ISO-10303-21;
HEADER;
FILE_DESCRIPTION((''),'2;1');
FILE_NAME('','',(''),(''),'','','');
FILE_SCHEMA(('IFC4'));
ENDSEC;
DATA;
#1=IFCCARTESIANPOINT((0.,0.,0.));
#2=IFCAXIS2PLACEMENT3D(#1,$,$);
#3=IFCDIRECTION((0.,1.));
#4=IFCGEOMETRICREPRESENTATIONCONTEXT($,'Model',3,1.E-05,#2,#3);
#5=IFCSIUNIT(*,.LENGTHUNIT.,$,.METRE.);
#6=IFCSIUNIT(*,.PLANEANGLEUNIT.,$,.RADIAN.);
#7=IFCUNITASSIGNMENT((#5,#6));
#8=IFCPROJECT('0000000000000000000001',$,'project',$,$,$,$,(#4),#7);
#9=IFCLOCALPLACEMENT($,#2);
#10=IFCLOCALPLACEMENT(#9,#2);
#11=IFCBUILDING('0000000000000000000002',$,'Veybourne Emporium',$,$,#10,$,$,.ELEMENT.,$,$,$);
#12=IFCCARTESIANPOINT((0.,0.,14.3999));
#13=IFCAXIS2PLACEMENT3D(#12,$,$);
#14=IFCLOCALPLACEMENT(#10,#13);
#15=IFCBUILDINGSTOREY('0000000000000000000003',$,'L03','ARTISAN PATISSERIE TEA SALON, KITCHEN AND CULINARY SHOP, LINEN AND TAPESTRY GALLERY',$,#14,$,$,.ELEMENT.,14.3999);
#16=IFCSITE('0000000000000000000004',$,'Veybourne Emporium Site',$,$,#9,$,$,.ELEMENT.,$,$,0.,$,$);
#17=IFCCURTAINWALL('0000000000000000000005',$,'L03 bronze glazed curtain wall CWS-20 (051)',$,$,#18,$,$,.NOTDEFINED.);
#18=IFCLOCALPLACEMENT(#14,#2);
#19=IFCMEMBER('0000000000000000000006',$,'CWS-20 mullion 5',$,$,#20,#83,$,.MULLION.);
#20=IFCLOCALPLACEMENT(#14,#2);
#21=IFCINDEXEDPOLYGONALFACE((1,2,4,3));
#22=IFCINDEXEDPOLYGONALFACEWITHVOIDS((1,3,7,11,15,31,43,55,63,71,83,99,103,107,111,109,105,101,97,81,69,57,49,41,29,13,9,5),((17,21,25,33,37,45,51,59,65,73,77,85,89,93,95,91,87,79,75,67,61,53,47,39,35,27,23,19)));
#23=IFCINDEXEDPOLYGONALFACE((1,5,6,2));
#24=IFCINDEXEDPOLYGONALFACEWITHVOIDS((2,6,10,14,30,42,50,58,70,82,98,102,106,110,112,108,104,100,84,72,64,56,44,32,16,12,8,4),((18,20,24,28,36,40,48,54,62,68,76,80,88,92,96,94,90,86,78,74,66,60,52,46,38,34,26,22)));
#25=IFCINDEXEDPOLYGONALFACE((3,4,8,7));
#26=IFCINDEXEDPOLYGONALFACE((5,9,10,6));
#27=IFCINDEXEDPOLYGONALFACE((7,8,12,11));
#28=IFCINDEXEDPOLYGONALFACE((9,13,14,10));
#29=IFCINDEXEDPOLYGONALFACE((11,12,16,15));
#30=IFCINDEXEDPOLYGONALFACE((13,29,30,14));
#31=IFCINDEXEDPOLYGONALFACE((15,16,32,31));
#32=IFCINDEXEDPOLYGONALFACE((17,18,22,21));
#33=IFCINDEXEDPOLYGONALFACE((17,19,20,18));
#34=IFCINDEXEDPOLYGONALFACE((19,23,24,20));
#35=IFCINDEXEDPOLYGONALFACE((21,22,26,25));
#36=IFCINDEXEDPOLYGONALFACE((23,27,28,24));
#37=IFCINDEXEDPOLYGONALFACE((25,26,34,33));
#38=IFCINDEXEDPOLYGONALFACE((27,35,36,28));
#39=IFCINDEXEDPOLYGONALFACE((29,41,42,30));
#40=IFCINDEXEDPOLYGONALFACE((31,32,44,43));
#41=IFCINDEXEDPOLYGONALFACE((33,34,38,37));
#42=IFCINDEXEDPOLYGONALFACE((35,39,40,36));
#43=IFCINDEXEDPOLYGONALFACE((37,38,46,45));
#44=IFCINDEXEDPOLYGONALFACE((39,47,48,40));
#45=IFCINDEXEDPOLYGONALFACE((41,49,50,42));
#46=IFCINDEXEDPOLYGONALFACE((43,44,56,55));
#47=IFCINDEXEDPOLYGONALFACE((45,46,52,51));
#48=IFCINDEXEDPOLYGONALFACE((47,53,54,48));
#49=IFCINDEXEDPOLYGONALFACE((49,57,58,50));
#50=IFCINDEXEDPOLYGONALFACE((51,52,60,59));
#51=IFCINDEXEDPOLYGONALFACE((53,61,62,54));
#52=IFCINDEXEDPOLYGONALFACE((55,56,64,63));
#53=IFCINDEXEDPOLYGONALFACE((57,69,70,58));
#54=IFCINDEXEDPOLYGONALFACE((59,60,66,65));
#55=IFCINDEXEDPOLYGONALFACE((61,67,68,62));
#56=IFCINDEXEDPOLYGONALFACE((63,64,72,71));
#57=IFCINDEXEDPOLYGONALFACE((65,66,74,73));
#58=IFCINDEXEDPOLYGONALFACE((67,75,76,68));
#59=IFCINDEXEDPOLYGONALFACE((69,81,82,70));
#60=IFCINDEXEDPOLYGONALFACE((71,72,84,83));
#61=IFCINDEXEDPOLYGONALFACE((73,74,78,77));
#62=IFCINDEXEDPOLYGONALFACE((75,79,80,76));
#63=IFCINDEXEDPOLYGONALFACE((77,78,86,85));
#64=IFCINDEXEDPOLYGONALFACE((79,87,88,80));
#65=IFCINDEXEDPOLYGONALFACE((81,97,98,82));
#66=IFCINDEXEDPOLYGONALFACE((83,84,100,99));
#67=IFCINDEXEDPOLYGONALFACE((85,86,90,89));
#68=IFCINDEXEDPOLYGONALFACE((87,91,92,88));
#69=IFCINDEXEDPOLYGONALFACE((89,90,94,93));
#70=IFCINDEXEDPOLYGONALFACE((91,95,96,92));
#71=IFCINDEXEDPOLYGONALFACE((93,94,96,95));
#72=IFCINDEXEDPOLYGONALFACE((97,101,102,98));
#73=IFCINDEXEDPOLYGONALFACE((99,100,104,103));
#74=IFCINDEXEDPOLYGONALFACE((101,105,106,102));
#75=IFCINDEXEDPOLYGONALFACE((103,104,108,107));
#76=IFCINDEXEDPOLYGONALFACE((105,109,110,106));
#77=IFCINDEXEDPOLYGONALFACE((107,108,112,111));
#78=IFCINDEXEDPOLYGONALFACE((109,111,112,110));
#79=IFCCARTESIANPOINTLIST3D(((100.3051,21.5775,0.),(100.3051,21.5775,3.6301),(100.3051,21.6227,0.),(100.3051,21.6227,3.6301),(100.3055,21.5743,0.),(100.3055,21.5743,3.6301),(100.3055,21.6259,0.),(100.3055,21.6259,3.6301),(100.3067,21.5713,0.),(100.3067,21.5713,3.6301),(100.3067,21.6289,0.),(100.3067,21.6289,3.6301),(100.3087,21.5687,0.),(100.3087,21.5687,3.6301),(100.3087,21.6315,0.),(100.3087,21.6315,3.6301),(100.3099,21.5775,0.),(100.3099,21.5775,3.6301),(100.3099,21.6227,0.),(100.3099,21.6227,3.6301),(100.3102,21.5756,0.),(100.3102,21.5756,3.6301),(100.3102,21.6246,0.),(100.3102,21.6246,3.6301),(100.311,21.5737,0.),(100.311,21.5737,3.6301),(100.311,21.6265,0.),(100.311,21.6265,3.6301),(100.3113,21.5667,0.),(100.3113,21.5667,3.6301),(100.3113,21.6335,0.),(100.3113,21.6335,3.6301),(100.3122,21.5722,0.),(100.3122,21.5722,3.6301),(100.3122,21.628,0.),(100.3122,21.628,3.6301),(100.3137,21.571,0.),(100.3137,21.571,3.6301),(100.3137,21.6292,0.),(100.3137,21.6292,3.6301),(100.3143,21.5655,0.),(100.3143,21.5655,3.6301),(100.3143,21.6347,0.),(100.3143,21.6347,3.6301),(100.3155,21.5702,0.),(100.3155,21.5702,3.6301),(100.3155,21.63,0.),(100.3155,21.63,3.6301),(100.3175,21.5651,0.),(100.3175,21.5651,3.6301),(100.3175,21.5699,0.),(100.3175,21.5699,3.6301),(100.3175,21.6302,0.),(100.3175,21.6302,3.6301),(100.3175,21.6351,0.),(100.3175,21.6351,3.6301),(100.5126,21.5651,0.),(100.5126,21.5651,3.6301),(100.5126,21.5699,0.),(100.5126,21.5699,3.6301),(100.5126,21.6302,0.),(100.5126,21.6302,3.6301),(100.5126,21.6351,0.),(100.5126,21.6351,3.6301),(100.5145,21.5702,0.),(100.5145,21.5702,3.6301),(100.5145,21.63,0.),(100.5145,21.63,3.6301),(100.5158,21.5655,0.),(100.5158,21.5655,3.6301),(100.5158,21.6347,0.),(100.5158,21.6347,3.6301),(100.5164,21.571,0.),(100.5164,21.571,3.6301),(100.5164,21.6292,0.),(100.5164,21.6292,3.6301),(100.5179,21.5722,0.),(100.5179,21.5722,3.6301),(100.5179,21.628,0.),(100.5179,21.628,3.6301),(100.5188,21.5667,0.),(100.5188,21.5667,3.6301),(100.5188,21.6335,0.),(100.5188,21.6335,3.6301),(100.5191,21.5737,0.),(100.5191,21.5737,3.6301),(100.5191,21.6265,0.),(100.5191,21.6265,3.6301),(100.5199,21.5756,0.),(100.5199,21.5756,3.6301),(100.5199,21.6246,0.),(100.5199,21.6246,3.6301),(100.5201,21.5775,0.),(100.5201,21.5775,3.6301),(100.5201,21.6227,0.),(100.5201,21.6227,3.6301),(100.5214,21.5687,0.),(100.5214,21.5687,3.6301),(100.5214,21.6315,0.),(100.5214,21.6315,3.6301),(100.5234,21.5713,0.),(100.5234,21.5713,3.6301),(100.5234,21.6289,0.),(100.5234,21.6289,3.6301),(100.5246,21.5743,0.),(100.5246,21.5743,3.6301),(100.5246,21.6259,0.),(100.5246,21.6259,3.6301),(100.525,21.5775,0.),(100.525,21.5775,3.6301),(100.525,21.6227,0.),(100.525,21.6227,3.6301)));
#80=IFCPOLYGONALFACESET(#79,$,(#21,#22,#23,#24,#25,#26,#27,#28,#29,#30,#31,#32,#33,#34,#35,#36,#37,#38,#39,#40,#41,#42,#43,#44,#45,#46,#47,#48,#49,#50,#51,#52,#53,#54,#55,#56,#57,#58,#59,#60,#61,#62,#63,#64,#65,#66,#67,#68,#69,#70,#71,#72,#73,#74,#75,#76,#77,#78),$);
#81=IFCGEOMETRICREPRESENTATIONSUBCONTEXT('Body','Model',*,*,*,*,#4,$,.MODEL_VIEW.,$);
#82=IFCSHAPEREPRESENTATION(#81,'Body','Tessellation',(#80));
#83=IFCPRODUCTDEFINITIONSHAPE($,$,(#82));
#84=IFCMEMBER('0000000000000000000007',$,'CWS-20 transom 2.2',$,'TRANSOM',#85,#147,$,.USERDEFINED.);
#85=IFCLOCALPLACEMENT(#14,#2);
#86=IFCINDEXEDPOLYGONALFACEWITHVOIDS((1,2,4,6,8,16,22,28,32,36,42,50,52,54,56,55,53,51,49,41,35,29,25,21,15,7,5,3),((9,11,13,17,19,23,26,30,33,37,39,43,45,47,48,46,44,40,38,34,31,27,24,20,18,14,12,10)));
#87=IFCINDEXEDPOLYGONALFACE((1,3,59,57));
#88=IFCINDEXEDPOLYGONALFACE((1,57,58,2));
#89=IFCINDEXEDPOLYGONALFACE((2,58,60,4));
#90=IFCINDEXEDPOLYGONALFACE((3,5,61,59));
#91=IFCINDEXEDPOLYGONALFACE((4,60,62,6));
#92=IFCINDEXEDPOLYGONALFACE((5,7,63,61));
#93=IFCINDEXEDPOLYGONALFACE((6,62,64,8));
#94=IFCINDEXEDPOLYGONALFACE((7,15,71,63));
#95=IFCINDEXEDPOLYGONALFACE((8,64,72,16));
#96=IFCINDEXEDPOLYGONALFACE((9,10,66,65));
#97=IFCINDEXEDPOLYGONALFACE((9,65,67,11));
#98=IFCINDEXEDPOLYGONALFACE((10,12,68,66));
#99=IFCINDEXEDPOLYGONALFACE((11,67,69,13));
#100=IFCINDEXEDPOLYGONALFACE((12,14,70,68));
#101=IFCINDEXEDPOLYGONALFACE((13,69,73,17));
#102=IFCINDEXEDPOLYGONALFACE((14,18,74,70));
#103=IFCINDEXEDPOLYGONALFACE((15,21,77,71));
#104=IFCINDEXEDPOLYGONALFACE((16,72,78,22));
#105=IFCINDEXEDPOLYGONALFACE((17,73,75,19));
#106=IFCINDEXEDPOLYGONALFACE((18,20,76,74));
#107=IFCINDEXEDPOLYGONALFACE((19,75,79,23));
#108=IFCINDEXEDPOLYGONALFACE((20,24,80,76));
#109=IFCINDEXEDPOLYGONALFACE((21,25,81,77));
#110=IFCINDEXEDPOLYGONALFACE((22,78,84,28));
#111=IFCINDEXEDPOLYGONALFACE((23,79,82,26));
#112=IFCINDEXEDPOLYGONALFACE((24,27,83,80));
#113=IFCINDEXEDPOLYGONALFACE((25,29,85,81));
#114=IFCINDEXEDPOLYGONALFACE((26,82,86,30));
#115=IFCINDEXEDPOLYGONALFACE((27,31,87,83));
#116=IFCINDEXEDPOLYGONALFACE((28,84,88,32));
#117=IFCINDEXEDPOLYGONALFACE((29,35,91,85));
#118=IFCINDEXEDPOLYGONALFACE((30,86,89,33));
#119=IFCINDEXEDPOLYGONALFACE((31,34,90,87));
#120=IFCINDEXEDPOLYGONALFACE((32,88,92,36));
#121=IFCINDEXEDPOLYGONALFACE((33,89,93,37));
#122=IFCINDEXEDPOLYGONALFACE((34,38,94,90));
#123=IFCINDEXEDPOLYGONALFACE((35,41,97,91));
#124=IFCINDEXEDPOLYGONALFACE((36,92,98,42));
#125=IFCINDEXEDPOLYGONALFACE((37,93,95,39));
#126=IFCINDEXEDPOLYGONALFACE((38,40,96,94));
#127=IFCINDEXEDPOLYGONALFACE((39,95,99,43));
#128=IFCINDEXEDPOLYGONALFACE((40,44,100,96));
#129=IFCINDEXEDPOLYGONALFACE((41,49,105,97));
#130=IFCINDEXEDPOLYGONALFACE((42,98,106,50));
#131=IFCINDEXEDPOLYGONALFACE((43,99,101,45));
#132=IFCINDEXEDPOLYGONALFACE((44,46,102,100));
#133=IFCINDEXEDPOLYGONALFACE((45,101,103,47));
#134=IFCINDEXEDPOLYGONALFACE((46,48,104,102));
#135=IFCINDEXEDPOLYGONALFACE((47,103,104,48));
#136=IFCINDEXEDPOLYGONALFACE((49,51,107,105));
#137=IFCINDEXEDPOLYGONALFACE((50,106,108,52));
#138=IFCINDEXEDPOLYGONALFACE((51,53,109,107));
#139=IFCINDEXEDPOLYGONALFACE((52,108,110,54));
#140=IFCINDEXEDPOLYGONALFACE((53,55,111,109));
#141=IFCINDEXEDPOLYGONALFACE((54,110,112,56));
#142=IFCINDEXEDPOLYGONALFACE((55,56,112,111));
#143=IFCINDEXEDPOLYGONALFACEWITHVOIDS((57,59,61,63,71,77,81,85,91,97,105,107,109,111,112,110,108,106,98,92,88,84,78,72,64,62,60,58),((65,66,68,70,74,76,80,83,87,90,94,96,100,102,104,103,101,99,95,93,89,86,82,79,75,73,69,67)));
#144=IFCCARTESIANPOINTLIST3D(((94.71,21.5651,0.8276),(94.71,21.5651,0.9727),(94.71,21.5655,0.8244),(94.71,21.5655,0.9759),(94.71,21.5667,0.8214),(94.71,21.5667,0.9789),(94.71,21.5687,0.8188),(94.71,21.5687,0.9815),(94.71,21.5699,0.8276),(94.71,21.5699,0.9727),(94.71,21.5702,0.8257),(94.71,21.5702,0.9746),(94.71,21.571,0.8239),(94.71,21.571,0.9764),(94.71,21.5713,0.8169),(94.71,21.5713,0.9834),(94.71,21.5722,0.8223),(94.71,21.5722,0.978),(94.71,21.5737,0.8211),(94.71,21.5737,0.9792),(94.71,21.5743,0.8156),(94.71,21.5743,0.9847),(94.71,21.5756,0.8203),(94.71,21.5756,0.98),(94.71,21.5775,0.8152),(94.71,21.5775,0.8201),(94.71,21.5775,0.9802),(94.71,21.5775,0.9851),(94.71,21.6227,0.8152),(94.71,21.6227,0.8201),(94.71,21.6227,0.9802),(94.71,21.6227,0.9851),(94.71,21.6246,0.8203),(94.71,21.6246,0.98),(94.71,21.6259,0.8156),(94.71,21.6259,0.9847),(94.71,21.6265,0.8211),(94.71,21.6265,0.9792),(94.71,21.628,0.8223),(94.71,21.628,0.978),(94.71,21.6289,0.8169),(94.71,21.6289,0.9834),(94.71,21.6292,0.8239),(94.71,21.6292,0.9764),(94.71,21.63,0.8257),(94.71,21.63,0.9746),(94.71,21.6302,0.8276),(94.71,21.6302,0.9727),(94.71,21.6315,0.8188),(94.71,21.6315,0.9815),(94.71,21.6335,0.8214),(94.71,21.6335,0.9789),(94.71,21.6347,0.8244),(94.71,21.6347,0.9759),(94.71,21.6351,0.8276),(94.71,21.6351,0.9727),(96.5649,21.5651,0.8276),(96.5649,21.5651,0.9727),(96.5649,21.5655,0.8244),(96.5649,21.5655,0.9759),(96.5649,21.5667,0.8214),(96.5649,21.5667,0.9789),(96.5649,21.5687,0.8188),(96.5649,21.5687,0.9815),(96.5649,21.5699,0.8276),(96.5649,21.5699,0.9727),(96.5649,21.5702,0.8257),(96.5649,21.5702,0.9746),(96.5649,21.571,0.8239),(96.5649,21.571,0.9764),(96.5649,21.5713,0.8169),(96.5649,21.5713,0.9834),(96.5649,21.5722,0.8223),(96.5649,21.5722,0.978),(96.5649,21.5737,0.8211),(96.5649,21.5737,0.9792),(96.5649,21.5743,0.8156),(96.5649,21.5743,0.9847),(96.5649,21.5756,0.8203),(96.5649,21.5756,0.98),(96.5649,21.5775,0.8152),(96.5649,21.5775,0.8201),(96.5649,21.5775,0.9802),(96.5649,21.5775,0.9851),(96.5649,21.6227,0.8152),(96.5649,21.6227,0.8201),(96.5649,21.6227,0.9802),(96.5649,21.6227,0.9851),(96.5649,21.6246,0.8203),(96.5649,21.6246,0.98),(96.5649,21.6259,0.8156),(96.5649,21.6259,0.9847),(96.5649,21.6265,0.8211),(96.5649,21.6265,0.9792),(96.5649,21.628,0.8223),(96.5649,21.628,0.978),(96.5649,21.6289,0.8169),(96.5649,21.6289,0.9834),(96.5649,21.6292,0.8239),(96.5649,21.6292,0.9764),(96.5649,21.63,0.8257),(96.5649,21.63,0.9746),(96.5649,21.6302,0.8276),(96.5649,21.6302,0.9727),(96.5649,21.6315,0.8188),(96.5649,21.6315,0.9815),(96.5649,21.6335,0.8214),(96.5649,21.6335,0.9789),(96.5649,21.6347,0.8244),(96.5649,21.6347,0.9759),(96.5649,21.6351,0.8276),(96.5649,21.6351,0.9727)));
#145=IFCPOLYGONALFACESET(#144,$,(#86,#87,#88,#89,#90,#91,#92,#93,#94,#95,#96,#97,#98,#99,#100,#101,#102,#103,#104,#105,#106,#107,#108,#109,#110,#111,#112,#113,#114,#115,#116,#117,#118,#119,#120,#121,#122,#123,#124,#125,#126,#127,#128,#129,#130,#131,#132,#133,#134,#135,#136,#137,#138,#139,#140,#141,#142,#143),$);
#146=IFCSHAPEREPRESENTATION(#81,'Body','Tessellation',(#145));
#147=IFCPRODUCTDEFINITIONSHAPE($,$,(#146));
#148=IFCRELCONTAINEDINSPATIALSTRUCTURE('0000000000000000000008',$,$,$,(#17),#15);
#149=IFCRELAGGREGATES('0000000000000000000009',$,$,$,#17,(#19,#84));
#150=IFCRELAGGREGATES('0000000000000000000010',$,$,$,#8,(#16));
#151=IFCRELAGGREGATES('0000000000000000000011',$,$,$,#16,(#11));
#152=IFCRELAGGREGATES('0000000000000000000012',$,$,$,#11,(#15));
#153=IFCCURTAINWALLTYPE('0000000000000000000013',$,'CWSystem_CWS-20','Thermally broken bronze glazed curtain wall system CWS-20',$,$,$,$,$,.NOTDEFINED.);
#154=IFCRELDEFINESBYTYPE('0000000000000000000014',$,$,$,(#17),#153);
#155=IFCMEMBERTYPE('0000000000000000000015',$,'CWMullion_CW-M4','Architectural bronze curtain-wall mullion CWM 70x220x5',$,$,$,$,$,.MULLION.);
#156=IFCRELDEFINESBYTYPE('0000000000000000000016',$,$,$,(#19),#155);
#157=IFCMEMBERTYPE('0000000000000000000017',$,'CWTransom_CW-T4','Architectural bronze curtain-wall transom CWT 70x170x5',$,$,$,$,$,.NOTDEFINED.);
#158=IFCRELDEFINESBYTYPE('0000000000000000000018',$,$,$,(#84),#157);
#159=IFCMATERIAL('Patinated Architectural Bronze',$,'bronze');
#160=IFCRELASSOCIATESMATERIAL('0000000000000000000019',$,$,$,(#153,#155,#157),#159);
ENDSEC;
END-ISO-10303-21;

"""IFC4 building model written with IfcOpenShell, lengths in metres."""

from ifc_helpers import new_model, si_unit, direction, frame, origin, origin_2d, place, context, subcontext, project, spatial, hollow_rectangle, extrude, material, material_profile, profile_set, type_object, element, aggregate, save


model = new_model("IFC4")

# Units and contexts
model_context = context("Model", 3, precision=1e-05, world=origin(), true_north=direction((0.0, 1.0)))
body_context = subcontext(model_context, "Body", "Model", "MODEL_VIEW")
ifc_project = project(units=[si_unit("LENGTHUNIT", "METRE"), si_unit("PLANEANGLEUNIT", "RADIAN")], contexts=[model_context])

# Site, building, storey
site_placement = place(None, origin())
site = spatial("IfcSite", under=ifc_project, at=site_placement, Name="Veybourne Emporium Site", CompositionType="ELEMENT", RefElevation=0.0)
building_placement = place(site_placement, origin())
building = spatial("IfcBuilding", under=site, at=building_placement, Name="Veybourne Emporium", CompositionType="ELEMENT")
storey_placement = place(building_placement, frame((0.0, 0.0, 14.3999)))
storey = spatial("IfcBuildingStorey", under=building, at=storey_placement, Name="L03", Description="ARTISAN PATISSERIE TEA SALON, KITCHEN AND CULINARY SHOP, LINEN AND TAPESTRY GALLERY", CompositionType="ELEMENT", Elevation=14.3999)

# Curtain wall, members
ifc_material_1 = material(Name="Patinated Architectural Bronze", Category="bronze")
curtain_wall_type = type_object("IfcCurtainWallType", Name="CWSystem_CWS-20", Description="Thermally broken bronze glazed curtain wall system CWS-20", PredefinedType="NOTDEFINED", material=ifc_material_1)
curtain_wall_placement = place(storey_placement, origin())
curtain_wall = element("IfcCurtainWall", 1, at=curtain_wall_placement, inside=storey, type_object=curtain_wall_type, Name="L03 bronze glazed curtain wall CWS-20 (051)", PredefinedType="NOTDEFINED")
ifc_material_profile_1 = material_profile(ifc_material_1, hollow_rectangle(XDim=0.0701, YDim=0.22, WallThickness=0.0049, InnerFilletRadius=0.0076, OuterFilletRadius=0.0125, at=origin_2d()), Name="CWM 70x220x5")
ifc_profile_set_1 = profile_set([ifc_material_profile_1], Name="Patinated Architectural Bronze")
member_type_1 = type_object("IfcMemberType", Name="CWMullion_CW-M4", Description="Architectural bronze curtain-wall mullion CWM 70x220x5", PredefinedType="MULLION", material=ifc_profile_set_1)
member_1_placement = place(storey_placement, frame((100.415, 21.6001, 0.0), z_axis=(0.0, 0.0, 1.0), x_axis=(0.0, 1.0, 0.0)))
member_1 = element("IfcMember", 2, at=member_1_placement, type_object=member_type_1, Name="CWS-20 mullion 5", PredefinedType="MULLION", context=body_context, shape_type="SweptSolid", body=[
    extrude(hollow_rectangle(XDim=0.0701, YDim=0.22, WallThickness=0.0049, InnerFilletRadius=0.0076, OuterFilletRadius=0.0125, at=origin_2d()), origin(), (0.0, 0.0, 1.0), 3.6301),
])
ifc_material_profile_2 = material_profile(ifc_material_1, hollow_rectangle(XDim=0.0701, YDim=0.1699, WallThickness=0.0049, InnerFilletRadius=0.0076, OuterFilletRadius=0.0125, at=origin_2d()), Name="CWT 70x170x5")
ifc_profile_set_2 = profile_set([ifc_material_profile_2], Name="Patinated Architectural Bronze")
member_type_2 = type_object("IfcMemberType", Name="CWTransom_CW-T4", Description="Architectural bronze curtain-wall transom CWT 70x170x5", PredefinedType="NOTDEFINED", material=ifc_profile_set_2)
member_2_placement = place(storey_placement, frame((94.71, 21.6001, 0.9001), z_axis=(1.0, 0.0, 0.0), x_axis=(0.0, 1.0, 0.0)))
member_2 = element("IfcMember", 3, at=member_2_placement, type_object=member_type_2, Name="CWS-20 transom 2.2", ObjectType="TRANSOM", PredefinedType="USERDEFINED", context=body_context, shape_type="SweptSolid", body=[
    extrude(hollow_rectangle(XDim=0.0701, YDim=0.1699, WallThickness=0.0049, InnerFilletRadius=0.0076, OuterFilletRadius=0.0125, at=origin_2d()), origin(), (0.0, 0.0, 1.0), 1.855),
])

aggregate(curtain_wall, [member_1, member_2])

save(model, "model.ifc")
